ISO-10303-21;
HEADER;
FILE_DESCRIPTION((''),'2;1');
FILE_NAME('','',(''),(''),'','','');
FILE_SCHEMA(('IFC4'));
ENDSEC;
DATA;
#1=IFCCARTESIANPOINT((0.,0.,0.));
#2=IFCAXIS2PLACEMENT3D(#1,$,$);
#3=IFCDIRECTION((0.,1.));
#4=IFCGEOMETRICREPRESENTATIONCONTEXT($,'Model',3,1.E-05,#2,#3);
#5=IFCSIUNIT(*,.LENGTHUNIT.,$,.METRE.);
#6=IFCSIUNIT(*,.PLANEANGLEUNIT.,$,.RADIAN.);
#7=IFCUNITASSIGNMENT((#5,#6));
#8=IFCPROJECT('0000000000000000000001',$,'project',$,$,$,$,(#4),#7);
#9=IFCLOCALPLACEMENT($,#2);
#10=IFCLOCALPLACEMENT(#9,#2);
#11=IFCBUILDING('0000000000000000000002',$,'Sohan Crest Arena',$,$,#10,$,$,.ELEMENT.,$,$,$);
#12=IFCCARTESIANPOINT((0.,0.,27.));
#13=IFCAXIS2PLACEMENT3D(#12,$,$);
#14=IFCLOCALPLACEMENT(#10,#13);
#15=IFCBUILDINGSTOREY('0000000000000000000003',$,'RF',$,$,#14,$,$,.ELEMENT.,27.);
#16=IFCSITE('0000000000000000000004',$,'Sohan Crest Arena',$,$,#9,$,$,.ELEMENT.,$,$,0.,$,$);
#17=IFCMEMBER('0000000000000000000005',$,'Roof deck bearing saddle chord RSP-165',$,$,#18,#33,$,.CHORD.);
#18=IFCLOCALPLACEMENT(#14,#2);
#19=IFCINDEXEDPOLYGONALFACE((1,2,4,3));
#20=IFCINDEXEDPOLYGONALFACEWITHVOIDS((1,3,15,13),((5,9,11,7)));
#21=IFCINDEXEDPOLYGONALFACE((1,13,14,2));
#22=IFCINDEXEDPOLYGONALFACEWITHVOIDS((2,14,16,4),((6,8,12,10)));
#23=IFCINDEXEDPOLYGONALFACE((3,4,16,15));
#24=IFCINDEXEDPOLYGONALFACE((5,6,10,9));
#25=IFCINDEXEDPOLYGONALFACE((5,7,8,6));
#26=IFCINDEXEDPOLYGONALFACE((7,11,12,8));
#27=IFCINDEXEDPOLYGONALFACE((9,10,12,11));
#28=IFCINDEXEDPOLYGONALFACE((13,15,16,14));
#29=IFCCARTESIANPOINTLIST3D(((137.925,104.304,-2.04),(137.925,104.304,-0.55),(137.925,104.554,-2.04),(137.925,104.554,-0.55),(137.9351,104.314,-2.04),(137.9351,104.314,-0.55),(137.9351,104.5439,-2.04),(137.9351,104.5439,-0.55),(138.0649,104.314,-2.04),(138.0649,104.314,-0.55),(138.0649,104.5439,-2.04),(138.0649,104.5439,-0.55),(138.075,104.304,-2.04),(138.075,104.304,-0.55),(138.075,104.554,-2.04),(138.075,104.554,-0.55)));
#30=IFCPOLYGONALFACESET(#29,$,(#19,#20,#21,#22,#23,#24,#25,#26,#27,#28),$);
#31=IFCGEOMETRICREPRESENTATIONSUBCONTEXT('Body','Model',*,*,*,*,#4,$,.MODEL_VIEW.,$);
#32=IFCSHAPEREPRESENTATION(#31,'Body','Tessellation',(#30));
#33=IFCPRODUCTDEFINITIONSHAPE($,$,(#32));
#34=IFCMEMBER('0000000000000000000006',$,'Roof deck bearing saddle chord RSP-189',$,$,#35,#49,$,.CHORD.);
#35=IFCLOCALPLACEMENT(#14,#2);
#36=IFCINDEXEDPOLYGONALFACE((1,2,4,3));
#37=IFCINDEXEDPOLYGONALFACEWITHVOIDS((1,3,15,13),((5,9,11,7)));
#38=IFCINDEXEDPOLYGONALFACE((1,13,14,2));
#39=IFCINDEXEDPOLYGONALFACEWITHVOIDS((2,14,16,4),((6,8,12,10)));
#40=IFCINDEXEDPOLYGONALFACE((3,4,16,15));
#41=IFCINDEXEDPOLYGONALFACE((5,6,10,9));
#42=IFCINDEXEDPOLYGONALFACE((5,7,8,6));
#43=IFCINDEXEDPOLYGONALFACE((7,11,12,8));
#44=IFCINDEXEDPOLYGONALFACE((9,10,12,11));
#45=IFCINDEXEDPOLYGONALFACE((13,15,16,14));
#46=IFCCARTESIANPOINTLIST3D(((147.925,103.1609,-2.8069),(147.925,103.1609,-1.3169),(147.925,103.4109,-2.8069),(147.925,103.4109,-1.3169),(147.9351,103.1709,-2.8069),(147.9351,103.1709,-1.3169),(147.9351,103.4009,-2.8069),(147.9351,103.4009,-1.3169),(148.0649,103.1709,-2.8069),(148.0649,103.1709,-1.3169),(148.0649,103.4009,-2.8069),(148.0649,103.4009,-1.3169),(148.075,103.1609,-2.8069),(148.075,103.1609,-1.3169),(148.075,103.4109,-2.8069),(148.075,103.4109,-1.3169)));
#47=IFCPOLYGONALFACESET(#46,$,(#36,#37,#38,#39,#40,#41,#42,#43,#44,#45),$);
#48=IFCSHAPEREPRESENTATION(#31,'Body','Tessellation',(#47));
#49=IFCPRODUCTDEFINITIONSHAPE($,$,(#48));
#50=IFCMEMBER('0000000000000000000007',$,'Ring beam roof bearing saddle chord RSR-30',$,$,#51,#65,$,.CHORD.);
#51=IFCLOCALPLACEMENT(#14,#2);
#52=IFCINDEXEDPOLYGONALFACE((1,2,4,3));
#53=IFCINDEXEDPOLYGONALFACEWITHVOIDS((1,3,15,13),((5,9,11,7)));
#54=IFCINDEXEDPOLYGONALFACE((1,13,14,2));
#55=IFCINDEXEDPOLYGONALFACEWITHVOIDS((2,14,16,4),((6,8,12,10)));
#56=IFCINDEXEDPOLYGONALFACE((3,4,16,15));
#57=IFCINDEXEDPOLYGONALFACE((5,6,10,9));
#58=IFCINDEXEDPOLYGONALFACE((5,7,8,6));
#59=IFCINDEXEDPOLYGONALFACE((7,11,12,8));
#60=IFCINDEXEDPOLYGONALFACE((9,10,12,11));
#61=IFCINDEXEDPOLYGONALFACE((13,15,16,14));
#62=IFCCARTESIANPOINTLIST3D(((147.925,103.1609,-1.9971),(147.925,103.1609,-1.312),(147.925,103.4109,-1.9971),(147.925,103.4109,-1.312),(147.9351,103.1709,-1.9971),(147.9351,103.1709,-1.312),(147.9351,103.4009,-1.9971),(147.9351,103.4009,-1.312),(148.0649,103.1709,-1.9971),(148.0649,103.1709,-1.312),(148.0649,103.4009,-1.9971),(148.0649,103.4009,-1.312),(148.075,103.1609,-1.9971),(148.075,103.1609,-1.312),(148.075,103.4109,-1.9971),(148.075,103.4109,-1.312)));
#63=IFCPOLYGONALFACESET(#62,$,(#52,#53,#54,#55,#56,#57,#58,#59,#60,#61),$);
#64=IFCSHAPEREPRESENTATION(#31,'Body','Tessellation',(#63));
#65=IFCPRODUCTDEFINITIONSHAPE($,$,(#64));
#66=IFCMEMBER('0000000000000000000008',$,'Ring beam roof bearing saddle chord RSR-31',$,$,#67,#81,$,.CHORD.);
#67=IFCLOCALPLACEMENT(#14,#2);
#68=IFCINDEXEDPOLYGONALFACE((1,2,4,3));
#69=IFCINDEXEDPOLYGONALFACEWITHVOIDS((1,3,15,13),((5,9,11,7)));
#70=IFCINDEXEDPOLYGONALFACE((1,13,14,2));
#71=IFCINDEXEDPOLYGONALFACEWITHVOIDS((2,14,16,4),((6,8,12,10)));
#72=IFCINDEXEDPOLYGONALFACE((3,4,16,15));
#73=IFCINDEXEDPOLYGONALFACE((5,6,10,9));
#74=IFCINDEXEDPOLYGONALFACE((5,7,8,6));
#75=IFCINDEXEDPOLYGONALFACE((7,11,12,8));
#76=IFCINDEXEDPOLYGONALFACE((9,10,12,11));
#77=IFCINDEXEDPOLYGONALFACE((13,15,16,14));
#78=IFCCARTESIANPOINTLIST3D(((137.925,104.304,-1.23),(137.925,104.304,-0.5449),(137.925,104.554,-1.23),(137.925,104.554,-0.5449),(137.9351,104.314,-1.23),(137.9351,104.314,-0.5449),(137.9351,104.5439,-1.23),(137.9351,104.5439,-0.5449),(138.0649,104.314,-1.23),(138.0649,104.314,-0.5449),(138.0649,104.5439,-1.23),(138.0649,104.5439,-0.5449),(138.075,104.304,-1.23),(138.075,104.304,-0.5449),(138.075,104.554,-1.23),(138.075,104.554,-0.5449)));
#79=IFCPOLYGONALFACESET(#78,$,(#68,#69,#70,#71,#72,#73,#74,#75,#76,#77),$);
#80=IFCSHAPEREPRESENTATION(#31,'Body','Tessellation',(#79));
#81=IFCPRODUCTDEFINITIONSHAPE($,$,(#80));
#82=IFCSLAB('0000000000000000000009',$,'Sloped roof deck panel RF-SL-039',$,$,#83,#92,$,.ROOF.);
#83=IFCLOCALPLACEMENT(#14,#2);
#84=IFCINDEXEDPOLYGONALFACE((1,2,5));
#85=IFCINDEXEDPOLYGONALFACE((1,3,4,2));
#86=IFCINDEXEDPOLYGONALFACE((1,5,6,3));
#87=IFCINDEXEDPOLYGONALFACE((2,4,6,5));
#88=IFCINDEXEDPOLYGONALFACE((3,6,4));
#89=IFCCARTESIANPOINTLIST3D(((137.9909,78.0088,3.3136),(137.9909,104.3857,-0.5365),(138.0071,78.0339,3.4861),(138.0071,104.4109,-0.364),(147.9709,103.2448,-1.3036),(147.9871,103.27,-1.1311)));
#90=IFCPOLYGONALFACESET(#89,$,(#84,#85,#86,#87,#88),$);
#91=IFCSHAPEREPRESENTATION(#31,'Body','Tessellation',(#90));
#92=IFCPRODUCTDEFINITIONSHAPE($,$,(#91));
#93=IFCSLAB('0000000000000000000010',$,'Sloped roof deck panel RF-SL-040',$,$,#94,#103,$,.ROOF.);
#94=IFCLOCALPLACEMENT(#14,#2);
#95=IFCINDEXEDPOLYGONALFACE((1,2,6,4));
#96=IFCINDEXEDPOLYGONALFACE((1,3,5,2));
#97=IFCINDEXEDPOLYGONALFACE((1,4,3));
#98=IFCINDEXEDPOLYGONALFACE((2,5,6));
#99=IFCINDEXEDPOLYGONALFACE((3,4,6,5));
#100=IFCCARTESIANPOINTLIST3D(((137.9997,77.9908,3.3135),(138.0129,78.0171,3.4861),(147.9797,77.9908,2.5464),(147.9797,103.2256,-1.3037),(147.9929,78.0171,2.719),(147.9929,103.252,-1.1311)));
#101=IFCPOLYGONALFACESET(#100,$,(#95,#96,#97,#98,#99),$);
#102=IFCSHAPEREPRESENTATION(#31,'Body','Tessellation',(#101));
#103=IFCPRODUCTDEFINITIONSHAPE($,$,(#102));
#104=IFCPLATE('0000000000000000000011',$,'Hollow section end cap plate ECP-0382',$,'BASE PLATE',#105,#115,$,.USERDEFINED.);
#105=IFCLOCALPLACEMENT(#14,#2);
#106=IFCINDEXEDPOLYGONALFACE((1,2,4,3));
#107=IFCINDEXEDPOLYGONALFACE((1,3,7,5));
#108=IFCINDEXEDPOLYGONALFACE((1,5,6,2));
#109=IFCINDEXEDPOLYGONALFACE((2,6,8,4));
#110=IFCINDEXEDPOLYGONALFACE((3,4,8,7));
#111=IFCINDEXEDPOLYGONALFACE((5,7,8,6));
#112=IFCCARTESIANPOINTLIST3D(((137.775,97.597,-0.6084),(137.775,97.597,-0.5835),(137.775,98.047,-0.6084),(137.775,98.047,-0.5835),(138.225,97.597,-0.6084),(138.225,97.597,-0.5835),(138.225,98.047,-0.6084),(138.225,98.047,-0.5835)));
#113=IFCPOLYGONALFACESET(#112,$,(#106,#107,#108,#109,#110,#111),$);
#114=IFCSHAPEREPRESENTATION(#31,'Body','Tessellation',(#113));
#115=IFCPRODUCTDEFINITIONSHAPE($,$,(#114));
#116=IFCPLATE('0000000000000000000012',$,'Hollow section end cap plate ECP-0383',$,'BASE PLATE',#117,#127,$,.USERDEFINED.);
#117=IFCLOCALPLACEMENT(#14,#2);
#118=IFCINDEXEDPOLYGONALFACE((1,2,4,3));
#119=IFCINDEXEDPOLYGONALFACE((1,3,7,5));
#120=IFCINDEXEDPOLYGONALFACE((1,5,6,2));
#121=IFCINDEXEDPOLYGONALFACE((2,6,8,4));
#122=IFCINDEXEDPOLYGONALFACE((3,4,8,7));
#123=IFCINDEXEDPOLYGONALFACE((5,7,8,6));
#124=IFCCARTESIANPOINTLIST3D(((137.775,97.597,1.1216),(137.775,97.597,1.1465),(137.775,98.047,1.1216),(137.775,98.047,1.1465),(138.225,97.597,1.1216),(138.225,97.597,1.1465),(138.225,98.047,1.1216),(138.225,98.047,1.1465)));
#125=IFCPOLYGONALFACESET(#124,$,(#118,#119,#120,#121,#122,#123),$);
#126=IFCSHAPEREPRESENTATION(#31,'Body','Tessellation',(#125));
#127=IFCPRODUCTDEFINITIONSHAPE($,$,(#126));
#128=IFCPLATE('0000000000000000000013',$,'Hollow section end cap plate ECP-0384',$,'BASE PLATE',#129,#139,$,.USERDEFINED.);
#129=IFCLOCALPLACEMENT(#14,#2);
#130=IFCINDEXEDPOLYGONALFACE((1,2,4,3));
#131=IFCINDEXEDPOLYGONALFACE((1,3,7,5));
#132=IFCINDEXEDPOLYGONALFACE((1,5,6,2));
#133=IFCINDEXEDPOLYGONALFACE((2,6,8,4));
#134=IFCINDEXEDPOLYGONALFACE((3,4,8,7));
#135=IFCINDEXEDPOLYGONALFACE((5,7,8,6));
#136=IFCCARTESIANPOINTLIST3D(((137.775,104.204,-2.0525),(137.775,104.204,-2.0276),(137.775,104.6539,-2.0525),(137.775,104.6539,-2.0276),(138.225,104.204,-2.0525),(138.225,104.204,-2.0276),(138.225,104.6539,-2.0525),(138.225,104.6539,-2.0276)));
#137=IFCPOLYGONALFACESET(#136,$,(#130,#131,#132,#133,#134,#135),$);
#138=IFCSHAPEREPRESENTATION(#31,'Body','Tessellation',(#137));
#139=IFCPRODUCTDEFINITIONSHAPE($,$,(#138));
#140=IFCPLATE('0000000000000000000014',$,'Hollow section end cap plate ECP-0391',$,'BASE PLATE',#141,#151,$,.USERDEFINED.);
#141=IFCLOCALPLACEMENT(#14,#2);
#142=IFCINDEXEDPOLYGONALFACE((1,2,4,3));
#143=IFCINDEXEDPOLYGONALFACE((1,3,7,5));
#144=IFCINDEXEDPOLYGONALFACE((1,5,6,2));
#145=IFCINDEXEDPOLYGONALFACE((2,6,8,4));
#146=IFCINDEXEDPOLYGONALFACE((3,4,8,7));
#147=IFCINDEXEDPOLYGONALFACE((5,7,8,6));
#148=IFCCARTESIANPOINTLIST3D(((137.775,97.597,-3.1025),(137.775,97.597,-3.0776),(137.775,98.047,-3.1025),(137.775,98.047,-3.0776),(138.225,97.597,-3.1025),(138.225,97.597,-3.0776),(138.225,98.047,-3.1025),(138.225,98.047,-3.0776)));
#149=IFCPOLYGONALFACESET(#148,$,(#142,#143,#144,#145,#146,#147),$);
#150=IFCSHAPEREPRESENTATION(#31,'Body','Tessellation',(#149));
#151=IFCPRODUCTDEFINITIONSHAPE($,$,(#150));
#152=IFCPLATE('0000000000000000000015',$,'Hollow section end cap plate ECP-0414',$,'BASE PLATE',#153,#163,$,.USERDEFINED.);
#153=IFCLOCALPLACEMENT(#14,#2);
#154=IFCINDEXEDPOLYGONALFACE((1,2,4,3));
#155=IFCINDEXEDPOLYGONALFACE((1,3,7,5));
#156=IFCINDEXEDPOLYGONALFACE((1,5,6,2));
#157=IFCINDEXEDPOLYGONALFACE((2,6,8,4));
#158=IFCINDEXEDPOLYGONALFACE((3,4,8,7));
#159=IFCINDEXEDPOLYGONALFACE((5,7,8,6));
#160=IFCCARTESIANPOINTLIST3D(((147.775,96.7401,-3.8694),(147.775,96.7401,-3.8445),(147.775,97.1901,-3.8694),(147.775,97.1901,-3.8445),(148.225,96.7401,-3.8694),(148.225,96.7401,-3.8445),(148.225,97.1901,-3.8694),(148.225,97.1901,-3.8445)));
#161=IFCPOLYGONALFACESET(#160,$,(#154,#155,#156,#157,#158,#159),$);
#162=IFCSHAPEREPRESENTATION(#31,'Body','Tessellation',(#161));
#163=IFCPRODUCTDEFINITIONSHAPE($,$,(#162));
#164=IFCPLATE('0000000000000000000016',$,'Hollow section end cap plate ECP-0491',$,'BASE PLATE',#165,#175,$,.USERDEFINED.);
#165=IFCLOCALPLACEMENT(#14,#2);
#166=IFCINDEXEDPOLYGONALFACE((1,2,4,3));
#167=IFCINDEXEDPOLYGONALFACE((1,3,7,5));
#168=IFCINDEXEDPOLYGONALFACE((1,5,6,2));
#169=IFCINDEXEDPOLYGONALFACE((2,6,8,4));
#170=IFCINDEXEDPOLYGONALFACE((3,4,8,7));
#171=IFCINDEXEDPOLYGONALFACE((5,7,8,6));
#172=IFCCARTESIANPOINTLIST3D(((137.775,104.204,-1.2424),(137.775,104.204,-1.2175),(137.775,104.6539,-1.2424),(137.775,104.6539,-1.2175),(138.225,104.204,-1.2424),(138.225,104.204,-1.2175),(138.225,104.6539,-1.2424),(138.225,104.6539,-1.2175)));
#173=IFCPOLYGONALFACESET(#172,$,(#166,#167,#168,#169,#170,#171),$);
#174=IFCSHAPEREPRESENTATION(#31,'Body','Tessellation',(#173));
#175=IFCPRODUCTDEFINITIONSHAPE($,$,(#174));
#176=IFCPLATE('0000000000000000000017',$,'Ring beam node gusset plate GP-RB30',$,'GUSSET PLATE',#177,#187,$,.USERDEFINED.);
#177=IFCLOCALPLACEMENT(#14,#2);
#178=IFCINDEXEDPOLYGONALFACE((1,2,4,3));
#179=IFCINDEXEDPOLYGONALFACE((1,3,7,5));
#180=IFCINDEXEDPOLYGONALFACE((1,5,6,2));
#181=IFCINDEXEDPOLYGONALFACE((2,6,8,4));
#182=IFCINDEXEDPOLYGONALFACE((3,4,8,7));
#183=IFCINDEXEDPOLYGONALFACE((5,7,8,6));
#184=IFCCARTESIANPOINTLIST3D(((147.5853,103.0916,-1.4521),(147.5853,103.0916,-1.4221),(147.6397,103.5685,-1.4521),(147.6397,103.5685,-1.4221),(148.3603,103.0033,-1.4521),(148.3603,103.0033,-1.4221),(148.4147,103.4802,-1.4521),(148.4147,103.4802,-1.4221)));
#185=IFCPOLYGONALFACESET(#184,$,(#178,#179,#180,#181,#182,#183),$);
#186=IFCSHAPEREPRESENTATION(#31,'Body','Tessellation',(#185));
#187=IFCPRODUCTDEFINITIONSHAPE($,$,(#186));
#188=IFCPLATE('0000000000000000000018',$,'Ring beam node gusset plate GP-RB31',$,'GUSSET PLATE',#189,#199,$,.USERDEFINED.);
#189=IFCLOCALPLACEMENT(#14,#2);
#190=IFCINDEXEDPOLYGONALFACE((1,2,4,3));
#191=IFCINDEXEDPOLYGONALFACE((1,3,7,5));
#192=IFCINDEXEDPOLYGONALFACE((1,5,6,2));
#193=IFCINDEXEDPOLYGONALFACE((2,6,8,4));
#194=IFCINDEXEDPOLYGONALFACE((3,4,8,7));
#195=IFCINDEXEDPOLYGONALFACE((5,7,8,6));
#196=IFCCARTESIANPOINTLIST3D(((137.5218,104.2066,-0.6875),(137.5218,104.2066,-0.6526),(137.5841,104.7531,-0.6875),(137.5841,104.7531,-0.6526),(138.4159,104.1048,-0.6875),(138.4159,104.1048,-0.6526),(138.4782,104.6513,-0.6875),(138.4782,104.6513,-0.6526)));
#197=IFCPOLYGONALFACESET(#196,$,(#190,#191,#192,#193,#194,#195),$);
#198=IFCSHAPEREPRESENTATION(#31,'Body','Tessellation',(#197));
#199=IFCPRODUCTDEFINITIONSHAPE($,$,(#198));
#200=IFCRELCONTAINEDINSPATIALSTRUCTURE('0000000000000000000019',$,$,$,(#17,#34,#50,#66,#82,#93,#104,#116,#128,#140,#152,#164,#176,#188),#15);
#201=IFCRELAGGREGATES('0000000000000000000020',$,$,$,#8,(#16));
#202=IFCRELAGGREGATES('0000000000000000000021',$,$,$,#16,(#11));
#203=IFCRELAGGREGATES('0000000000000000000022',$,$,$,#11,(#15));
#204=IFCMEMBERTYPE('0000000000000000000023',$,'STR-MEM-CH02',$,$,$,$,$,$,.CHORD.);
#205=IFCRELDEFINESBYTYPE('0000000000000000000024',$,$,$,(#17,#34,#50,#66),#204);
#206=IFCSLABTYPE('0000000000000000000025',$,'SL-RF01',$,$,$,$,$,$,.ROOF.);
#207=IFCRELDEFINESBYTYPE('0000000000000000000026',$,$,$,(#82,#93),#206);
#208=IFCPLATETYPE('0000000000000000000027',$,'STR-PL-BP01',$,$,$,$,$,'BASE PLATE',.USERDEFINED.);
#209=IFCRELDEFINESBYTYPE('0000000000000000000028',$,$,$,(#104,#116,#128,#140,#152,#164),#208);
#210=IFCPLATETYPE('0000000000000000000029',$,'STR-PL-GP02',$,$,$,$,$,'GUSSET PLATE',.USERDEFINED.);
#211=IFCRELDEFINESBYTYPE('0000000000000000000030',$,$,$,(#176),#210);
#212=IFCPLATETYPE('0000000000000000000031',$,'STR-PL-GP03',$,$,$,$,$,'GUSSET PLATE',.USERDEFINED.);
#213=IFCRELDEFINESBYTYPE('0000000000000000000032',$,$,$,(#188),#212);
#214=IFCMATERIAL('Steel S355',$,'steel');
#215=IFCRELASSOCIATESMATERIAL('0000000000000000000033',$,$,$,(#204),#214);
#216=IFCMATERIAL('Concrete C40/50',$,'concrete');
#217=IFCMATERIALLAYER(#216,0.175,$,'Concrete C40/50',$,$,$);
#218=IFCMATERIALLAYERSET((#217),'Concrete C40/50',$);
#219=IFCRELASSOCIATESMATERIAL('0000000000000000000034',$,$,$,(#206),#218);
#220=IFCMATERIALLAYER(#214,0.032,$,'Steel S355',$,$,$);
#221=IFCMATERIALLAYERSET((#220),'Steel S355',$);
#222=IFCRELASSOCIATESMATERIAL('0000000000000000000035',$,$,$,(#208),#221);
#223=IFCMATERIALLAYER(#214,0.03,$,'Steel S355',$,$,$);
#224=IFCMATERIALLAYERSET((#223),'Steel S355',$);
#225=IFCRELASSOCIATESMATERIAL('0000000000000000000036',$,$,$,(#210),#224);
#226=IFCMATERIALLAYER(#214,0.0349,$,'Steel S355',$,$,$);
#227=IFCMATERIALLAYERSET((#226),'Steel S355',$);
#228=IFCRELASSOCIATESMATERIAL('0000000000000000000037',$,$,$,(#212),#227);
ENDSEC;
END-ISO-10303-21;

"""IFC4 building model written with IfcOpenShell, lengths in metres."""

from ifc_helpers import new_model, si_unit, direction, frame, origin, origin_2d, place, context, subcontext, project, spatial, polyline, rectangle, hollow_rectangle, outline, extrude, material, layer, layer_set, material_profile, profile_set, type_object, element, save


model = new_model("IFC4")

# Units and contexts
model_context = context("Model", 3, precision=1e-05, world=origin(), true_north=direction((0.0, 1.0)))
body_context = subcontext(model_context, "Body", "Model", "MODEL_VIEW")
ifc_project = project(units=[si_unit("LENGTHUNIT", "METRE"), si_unit("PLANEANGLEUNIT", "RADIAN")], contexts=[model_context])

# Site, building, storey
site_placement = place(None, origin())
site = spatial("IfcSite", under=ifc_project, at=site_placement, Name="Sohan Crest Arena", CompositionType="ELEMENT", RefElevation=0.0)
building_placement = place(site_placement, origin())
building = spatial("IfcBuilding", under=site, at=building_placement, Name="Sohan Crest Arena", CompositionType="ELEMENT")
storey_placement = place(building_placement, frame((0.0, 0.0, 27.0)))
storey = spatial("IfcBuildingStorey", under=building, at=storey_placement, Name="RF", CompositionType="ELEMENT", Elevation=27.0)

# Shared definitions
ifc_material_1 = material(Name="Steel S355", Category="steel")

# Members
ifc_material_profile_1 = material_profile(ifc_material_1, hollow_rectangle(XDim=0.1499, YDim=0.25, WallThickness=0.01, at=origin_2d()), Name="RHS 250x150x10")
ifc_profile_set_1 = profile_set([ifc_material_profile_1], Name="Steel S355")
member_type_1 = type_object("IfcMemberType", Name="STR-MEM-CH02", PredefinedType="CHORD", material=ifc_profile_set_1)
for number, where, z_axis, x_axis, name in (
    (1, (138.0, 104.429, -2.04), (0.0, 0.0, 1.0), (1.0, 0.0, 0.0), "Roof deck bearing saddle chord RSP-165"),
    (2, (148.0, 103.2859, -2.8069), (0.0, 0.0, 1.0), (1.0, 0.0, 0.0), "Roof deck bearing saddle chord RSP-189"),
):
    element("IfcMember", number, at=place(storey_placement, frame(where, z_axis=z_axis, x_axis=x_axis)), inside=storey, type_object=member_type_1, Name=name, PredefinedType="CHORD", context=body_context, shape_type="SweptSolid", body=[
        extrude(hollow_rectangle(XDim=0.1499, YDim=0.25, WallThickness=0.01, at=origin_2d()), origin(), (0.0, 0.0, 1.0), 1.49),
    ])
for number, where, z_axis, x_axis, name in (
    (3, (148.0, 103.2859, -1.9971), (0.0, 0.0, 1.0), (1.0, 0.0, 0.0), "Ring beam roof bearing saddle chord RSR-30"),
    (4, (138.0, 104.429, -1.23), (0.0, 0.0, 1.0), (1.0, 0.0, 0.0), "Ring beam roof bearing saddle chord RSR-31"),
):
    element("IfcMember", number, at=place(storey_placement, frame(where, z_axis=z_axis, x_axis=x_axis)), inside=storey, type_object=member_type_1, Name=name, PredefinedType="CHORD", context=body_context, shape_type="SweptSolid", body=[
        extrude(hollow_rectangle(XDim=0.1499, YDim=0.25, WallThickness=0.01, at=origin_2d()), origin(), (0.0, 0.0, 1.0), 0.6851),
    ])

# Slabs
ifc_material_2 = material(Name="Concrete C40/50", Category="concrete")
ifc_layer_1 = layer(ifc_material_2, 0.175, Name="Concrete C40/50")
ifc_layer_set_1 = layer_set([ifc_layer_1], Name="Concrete C40/50")
slab_type = type_object("IfcSlabType", Name="SL-RF01", PredefinedType="ROOF", material=ifc_layer_set_1)
slab_1_placement = place(storey_placement, frame((147.9871, 103.27, -1.1311), z_axis=(0.092174, 0.143819, 0.985302), x_axis=(-0.990645, 0.113246, 0.076144)))
element("IfcSlab", 5, at=slab_1_placement, inside=storey, type_object=slab_type, Name="Sloped roof deck panel RF-SL-039", PredefinedType="ROOF", context=body_context, shape_type="SweptSolid", body=[
    extrude(outline(polyline([(0.0, 0.0), (10.0742, 0.0), (7.3803, 26.52), (0.0, 0.0)])), origin(), (0.0, 0.0, -1.0), 0.175),
])
slab_2_placement = place(storey_placement, frame((147.9929, 103.252, -1.1311), z_axis=(0.075765, 0.150392, 0.985719), x_axis=(-0.362557, -0.916743, 0.167735)))
element("IfcSlab", 6, at=slab_2_placement, inside=storey, type_object=slab_type, Name="Sloped roof deck panel RF-SL-040", PredefinedType="ROOF", context=body_context, shape_type="SweptSolid", body=[
    extrude(outline(polyline([(0.0, 0.0), (27.5267, 0.0), (23.7797, 9.2816), (0.0, 0.0)])), origin(), (0.0, 0.0, -1.0), 0.175),
])

# Plates
ifc_layer_2 = layer(ifc_material_1, 0.032, Name="Steel S355")
ifc_layer_set_2 = layer_set([ifc_layer_2], Name="Steel S355")
plate_type_1 = type_object("IfcPlateType", Name="STR-PL-BP01", ElementType="BASE PLATE", PredefinedType="USERDEFINED", material=ifc_layer_set_2)
for number, where, z_axis, x_axis, name in (
    (7, (138.0, 97.822, -0.6084), (0.0, 0.0, 1.0), (1.0, 0.0, 0.0), "Hollow section end cap plate ECP-0382"),
    (8, (138.0, 97.822, 1.1216), (0.0, 0.0, 1.0), (1.0, 0.0, 0.0), "Hollow section end cap plate ECP-0383"),
    (9, (138.0, 104.429, -2.0525), (0.0, 0.0, 1.0), (1.0, 0.0, 0.0), "Hollow section end cap plate ECP-0384"),
    (10, (138.0, 97.822, -3.1025), (0.0, 0.0, 1.0), (1.0, 0.0, 0.0), "Hollow section end cap plate ECP-0391"),
    (11, (148.0, 96.9651, -3.8694), (0.0, 0.0, 1.0), (1.0, 0.0, 0.0), "Hollow section end cap plate ECP-0414"),
    (12, (138.0, 104.429, -1.2424), (0.0, 0.0, 1.0), (1.0, 0.0, 0.0), "Hollow section end cap plate ECP-0491"),
):
    element("IfcPlate", number, at=place(storey_placement, frame(where, z_axis=z_axis, x_axis=x_axis)), inside=storey, type_object=plate_type_1, Name=name, ObjectType="BASE PLATE", PredefinedType="USERDEFINED", context=body_context, shape_type="SweptSolid", body=[
        extrude(rectangle(XDim=0.45, YDim=0.45, at=origin_2d()), origin(), (0.0, 0.0, 1.0), 0.0249),
    ])
ifc_layer_3 = layer(ifc_material_1, 0.03, Name="Steel S355")
ifc_layer_set_3 = layer_set([ifc_layer_3], Name="Steel S355")
plate_type_2 = type_object("IfcPlateType", Name="STR-PL-GP02", ElementType="GUSSET PLATE", PredefinedType="USERDEFINED", material=ifc_layer_set_3)
plate_1_placement = place(storey_placement, frame((148.0, 103.2859, -1.4521), z_axis=(0.0, 0.0, 1.0), x_axis=(-0.993572, 0.113203, 0.0)))
element("IfcPlate", 13, at=plate_1_placement, inside=storey, type_object=plate_type_2, Name="Ring beam node gusset plate GP-RB30", ObjectType="GUSSET PLATE", PredefinedType="USERDEFINED", context=body_context, shape_type="SweptSolid", body=[
    extrude(rectangle(XDim=0.78, YDim=0.48, at=origin_2d()), origin(), (0.0, 0.0, 1.0), 0.03),
])
ifc_layer_4 = layer(ifc_material_1, 0.0349, Name="Steel S355")
ifc_layer_set_4 = layer_set([ifc_layer_4], Name="Steel S355")
plate_type_3 = type_object("IfcPlateType", Name="STR-PL-GP03", ElementType="GUSSET PLATE", PredefinedType="USERDEFINED", material=ifc_layer_set_4)
plate_2_placement = place(storey_placement, frame((138.0, 104.429, -0.6875), z_axis=(0.0, 0.0, 1.0), x_axis=(-0.993572, 0.113203, 0.0)))
element("IfcPlate", 14, at=plate_2_placement, inside=storey, type_object=plate_type_3, Name="Ring beam node gusset plate GP-RB31", ObjectType="GUSSET PLATE", PredefinedType="USERDEFINED", context=body_context, shape_type="SweptSolid", body=[
    extrude(rectangle(XDim=0.8999, YDim=0.55, at=origin_2d()), origin(), (0.0, 0.0, 1.0), 0.0349),
])

save(model, "model.ifc")
